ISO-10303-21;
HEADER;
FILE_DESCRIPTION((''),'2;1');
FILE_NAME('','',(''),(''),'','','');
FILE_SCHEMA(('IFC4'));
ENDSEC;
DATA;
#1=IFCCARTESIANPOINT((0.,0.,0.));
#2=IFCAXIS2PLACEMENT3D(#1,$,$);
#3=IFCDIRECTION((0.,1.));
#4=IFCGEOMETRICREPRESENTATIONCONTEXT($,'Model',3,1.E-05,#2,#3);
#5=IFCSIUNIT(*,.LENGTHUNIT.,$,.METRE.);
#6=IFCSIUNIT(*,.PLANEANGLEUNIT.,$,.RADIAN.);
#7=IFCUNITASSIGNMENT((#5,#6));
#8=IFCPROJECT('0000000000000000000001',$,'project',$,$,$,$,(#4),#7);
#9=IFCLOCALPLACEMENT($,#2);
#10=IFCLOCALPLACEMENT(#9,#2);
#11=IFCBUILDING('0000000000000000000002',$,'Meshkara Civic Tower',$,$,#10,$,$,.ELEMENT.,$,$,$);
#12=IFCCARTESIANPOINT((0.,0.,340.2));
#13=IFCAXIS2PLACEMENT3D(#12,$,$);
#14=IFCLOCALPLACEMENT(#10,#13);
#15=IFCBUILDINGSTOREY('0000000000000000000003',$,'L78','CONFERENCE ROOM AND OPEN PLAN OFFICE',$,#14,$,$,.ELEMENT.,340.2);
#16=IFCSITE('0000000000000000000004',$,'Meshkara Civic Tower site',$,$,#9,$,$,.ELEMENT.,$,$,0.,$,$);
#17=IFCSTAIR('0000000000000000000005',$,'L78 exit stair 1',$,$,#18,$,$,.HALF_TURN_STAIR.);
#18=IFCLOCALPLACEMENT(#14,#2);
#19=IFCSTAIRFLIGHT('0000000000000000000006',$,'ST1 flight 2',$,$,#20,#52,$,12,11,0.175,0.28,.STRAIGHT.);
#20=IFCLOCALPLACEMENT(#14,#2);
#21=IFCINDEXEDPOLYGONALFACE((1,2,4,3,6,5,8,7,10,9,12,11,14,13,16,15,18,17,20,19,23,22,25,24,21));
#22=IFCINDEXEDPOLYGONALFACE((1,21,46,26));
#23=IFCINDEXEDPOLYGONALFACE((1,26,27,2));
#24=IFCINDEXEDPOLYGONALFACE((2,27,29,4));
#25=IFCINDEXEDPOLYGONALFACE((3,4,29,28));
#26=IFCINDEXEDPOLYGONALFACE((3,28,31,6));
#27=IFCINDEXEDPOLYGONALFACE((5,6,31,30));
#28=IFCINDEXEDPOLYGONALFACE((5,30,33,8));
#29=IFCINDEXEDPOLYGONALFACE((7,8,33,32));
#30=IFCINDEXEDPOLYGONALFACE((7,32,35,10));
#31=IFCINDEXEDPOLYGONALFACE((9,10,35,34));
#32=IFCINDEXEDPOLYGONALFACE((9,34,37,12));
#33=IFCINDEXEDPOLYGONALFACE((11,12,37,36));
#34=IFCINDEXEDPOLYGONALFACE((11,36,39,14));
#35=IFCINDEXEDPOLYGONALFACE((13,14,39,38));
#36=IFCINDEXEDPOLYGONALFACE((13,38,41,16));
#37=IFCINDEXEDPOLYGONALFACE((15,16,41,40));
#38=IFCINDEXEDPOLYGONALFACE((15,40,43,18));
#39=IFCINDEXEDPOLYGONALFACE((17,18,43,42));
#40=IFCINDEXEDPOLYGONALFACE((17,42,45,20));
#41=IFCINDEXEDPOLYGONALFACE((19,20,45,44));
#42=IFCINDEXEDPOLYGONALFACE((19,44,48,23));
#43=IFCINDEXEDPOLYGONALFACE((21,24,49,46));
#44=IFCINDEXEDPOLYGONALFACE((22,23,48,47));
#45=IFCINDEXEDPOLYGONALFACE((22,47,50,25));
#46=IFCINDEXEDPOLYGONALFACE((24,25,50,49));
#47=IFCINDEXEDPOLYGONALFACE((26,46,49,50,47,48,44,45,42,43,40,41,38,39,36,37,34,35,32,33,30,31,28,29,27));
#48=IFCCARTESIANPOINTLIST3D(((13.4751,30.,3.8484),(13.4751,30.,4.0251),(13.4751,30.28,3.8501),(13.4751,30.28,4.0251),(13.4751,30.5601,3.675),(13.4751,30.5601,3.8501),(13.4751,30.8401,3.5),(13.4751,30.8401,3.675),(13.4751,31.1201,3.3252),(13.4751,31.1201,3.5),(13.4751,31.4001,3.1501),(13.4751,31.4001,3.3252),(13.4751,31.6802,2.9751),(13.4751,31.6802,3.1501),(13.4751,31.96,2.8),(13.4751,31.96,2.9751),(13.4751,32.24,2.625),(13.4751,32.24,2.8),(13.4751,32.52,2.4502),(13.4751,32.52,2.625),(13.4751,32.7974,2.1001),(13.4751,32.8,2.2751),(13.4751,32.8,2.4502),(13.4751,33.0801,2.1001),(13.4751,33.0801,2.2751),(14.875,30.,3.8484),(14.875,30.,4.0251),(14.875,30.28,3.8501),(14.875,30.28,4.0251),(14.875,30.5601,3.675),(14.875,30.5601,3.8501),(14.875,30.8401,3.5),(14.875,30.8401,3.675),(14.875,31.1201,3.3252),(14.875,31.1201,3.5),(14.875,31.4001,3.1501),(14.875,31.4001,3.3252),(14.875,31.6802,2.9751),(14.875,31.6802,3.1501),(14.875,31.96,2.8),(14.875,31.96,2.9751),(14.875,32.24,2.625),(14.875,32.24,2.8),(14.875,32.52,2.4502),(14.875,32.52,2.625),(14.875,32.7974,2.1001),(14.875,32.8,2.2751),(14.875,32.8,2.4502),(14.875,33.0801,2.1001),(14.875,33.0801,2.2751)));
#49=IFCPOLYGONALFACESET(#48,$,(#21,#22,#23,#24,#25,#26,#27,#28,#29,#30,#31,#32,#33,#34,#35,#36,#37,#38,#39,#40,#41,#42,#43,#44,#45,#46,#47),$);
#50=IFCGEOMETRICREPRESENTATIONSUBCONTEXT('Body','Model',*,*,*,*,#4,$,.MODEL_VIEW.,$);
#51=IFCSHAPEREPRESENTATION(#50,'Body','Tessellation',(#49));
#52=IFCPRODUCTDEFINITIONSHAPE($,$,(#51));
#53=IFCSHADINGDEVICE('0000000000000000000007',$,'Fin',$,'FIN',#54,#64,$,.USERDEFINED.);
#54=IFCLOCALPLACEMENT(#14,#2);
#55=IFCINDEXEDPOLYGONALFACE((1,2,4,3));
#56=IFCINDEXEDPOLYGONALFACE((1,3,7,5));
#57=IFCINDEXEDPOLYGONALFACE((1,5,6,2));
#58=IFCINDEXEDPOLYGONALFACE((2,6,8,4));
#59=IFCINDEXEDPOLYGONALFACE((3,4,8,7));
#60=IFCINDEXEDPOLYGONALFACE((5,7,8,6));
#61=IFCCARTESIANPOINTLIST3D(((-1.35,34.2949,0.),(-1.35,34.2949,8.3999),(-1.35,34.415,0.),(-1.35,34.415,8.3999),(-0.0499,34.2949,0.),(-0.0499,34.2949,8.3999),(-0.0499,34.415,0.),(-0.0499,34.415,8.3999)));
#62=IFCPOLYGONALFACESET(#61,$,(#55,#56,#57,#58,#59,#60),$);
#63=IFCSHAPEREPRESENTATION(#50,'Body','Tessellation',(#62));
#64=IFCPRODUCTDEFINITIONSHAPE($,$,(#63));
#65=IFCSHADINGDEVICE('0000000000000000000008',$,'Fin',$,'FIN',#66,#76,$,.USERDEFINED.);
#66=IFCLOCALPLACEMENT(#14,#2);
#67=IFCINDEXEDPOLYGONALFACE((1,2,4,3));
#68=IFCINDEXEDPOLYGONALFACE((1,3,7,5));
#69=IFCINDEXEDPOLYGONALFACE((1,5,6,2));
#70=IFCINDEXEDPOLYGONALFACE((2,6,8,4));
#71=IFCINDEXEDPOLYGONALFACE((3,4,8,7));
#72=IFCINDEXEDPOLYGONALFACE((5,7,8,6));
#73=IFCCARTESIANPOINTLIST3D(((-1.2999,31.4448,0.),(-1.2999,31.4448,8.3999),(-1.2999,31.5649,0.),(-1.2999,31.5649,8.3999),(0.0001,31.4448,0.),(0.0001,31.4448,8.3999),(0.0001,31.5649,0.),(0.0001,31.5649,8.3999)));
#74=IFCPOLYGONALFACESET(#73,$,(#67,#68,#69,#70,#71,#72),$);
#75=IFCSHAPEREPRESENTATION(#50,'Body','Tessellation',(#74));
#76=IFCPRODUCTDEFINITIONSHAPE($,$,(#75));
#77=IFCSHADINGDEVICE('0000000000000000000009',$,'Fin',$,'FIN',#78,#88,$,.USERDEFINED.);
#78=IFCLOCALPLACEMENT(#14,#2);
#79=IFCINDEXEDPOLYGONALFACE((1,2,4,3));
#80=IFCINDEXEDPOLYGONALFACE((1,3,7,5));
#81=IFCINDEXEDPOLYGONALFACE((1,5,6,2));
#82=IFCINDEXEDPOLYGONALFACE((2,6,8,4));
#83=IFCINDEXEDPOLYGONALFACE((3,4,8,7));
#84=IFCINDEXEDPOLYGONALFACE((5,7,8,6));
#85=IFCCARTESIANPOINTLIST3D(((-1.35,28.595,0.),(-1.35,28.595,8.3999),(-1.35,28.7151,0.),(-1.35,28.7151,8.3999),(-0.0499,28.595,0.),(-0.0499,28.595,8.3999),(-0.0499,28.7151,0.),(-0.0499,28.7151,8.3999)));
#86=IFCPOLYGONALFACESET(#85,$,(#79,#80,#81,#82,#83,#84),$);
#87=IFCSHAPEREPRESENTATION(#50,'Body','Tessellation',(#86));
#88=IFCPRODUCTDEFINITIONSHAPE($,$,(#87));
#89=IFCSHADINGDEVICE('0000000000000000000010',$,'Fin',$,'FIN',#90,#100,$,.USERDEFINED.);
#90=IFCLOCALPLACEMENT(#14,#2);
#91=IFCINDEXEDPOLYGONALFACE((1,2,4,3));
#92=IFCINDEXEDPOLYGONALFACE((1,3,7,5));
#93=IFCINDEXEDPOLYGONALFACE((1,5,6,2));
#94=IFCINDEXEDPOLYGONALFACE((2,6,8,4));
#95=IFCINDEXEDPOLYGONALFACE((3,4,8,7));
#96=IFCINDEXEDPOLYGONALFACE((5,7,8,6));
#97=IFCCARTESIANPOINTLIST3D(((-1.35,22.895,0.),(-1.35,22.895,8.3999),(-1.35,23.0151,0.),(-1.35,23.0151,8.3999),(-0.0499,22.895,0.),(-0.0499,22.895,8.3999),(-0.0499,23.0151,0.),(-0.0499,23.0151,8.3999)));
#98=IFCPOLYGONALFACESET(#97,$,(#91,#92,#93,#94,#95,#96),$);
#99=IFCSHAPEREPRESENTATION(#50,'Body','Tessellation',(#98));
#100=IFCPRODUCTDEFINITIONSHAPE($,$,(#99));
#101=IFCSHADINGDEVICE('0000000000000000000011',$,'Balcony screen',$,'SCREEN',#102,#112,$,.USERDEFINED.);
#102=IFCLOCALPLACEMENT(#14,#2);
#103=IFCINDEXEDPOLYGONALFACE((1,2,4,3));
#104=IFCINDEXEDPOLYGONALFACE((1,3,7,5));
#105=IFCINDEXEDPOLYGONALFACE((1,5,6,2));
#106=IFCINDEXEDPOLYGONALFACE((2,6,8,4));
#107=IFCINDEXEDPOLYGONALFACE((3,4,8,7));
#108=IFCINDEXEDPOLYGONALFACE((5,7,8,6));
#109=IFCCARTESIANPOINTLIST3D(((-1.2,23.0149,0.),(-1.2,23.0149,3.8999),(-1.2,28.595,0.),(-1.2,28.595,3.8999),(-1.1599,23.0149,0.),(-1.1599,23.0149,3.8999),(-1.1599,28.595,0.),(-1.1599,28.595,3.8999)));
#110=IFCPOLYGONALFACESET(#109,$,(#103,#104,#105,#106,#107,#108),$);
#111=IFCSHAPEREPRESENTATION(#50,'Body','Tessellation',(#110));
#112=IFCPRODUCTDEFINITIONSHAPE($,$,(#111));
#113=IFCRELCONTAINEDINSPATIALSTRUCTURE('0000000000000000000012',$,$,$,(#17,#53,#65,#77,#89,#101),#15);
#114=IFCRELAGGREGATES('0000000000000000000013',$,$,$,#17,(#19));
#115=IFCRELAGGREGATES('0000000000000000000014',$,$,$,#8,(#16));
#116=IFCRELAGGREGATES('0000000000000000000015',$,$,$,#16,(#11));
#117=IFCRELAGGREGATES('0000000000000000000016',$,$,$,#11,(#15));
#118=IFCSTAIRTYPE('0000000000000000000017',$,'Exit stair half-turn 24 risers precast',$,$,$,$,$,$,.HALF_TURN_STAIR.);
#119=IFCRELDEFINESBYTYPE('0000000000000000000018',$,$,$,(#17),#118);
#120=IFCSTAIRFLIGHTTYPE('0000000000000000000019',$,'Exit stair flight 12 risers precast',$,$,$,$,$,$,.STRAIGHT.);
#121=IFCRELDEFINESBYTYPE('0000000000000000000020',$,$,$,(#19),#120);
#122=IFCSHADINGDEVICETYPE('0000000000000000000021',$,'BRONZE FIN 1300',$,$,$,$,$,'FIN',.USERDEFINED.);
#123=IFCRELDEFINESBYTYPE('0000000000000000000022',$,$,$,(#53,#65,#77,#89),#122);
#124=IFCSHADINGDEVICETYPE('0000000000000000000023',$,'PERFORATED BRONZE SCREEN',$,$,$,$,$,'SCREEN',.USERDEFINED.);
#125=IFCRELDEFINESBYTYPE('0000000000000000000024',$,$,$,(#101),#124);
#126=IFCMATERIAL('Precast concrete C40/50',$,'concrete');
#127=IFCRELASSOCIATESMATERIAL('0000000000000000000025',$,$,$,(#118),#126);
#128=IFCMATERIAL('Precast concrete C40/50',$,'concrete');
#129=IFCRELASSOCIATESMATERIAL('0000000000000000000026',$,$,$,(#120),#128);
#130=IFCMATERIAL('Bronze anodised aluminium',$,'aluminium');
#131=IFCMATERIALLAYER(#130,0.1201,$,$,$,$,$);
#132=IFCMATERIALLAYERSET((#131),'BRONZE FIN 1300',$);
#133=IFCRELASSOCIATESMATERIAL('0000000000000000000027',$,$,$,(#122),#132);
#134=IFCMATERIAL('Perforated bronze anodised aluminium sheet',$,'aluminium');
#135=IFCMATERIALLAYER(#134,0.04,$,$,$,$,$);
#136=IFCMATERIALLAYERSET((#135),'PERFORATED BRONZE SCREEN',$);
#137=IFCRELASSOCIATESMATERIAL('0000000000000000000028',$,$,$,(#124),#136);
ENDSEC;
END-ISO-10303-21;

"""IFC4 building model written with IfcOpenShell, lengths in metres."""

from ifc_helpers import new_model, si_unit, direction, frame, origin, origin_2d, place, context, subcontext, project, spatial, polyline, rectangle, outline, extrude, material, layer, layer_set, type_object, element, aggregate, save


model = new_model("IFC4")

# Units and contexts
model_context = context("Model", 3, precision=1e-05, world=origin(), true_north=direction((0.0, 1.0)))
body_context = subcontext(model_context, "Body", "Model", "MODEL_VIEW")
ifc_project = project(units=[si_unit("LENGTHUNIT", "METRE"), si_unit("PLANEANGLEUNIT", "RADIAN")], contexts=[model_context])

# Site, building, storey
site_placement = place(None, origin())
site = spatial("IfcSite", under=ifc_project, at=site_placement, Name="Meshkara Civic Tower site", CompositionType="ELEMENT", RefElevation=0.0)
building_placement = place(site_placement, origin())
building = spatial("IfcBuilding", under=site, at=building_placement, Name="Meshkara Civic Tower", CompositionType="ELEMENT")
storey_placement = place(building_placement, frame((0.0, 0.0, 340.2)))
storey = spatial("IfcBuildingStorey", under=building, at=storey_placement, Name="L78", Description="CONFERENCE ROOM AND OPEN PLAN OFFICE", CompositionType="ELEMENT", Elevation=340.2)

# Stair, stair flight
ifc_material_1 = material(Name="Precast concrete C40/50", Category="concrete")
stair_type = type_object("IfcStairType", Name="Exit stair half-turn 24 risers precast", PredefinedType="HALF_TURN_STAIR", material=ifc_material_1)
stair_placement = place(storey_placement, origin())
stair = element("IfcStair", 1, at=stair_placement, inside=storey, type_object=stair_type, Name="L78 exit stair 1", PredefinedType="HALF_TURN_STAIR")
ifc_material_2 = material(Name="Precast concrete C40/50", Category="concrete")
stair_flight_type = type_object("IfcStairFlightType", Name="Exit stair flight 12 risers precast", PredefinedType="STRAIGHT", material=ifc_material_2)
stair_flight_placement = place(storey_placement, frame((14.175, 33.0801, 2.1001), z_axis=(0.0, 0.0, 1.0), x_axis=(0.0, -1.0, 0.0)))
stair_flight = element("IfcStairFlight", 2, at=stair_flight_placement, type_object=stair_flight_type, Name="ST1 flight 2", NumberOfRisers=12, NumberOfTreads=11, PredefinedType="STRAIGHT", RiserHeight=0.175, TreadLength=0.28, context=body_context, shape_type="SweptSolid", body=[
    extrude(outline(polyline([(0.0, 0.0), (0.0, 0.175), (0.28, 0.175), (0.28, 0.3501), (0.5601, 0.3501), (0.5601, 0.5249), (0.8401, 0.5249), (0.8401, 0.7), (1.1201, 0.7), (1.1201, 0.875), (1.3999, 0.875), (1.3999, 1.05), (1.6799, 1.05), (1.6799, 1.2251), (1.96, 1.2251), (1.96, 1.3999), (2.24, 1.3999), (2.24, 1.575), (2.52, 1.575), (2.52, 1.75), (2.8, 1.75), (2.8, 1.925), (3.0801, 1.925), (3.0801, 2.1001), (3.0801, 1.7483), (0.2827, 0.0), (0.0, 0.0)])), frame((0.0, 0.7, 0.0), z_axis=(0.0, -1.0, 0.0), x_axis=(1.0, 0.0, 0.0)), (0.0, 0.0, 1.0), 1.3999),
])
aggregate(stair, [stair_flight])

# Shading devices
ifc_material_3 = material(Name="Bronze anodised aluminium", Category="aluminium")
ifc_layer_1 = layer(ifc_material_3, 0.1201)
ifc_layer_set_1 = layer_set([ifc_layer_1], Name="BRONZE FIN 1300")
shading_device_type_1 = type_object("IfcShadingDeviceType", Name="BRONZE FIN 1300", ElementType="FIN", PredefinedType="USERDEFINED", material=ifc_layer_set_1)
for number, where, z_axis, x_axis, name in (
    (3, (-0.7, 34.355, 0.0), (0.0, 0.0, 1.0), (0.0, -1.0, 0.0), "Fin"),
    (4, (-0.6499, 31.5049, 0.0), (0.0, 0.0, 1.0), (0.0, -1.0, 0.0), "Fin"),
    (5, (-0.7, 28.655, 0.0), (0.0, 0.0, 1.0), (0.0, -1.0, 0.0), "Fin"),
    (6, (-0.7, 22.9551, 0.0), (0.0, 0.0, 1.0), (0.0, -1.0, 0.0), "Fin"),
):
    element("IfcShadingDevice", number, at=place(storey_placement, frame(where, z_axis=z_axis, x_axis=x_axis)), inside=storey, type_object=shading_device_type_1, Name=name, ObjectType="FIN", PredefinedType="USERDEFINED", context=body_context, shape_type="SweptSolid", body=[
        extrude(rectangle(XDim=0.1201, YDim=1.3, at=origin_2d()), origin(), (0.0, 0.0, 1.0), 8.3999),
    ])
ifc_material_4 = material(Name="Perforated bronze anodised aluminium sheet", Category="aluminium")
ifc_layer_2 = layer(ifc_material_4, 0.04)
ifc_layer_set_2 = layer_set([ifc_layer_2], Name="PERFORATED BRONZE SCREEN")
shading_device_type_2 = type_object("IfcShadingDeviceType", Name="PERFORATED BRONZE SCREEN", ElementType="SCREEN", PredefinedType="USERDEFINED", material=ifc_layer_set_2)
shading_device_placement = place(storey_placement, frame((-1.1799, 25.8049, 0.0), z_axis=(0.0, 0.0, 1.0), x_axis=(0.0, -1.0, 0.0)))
element("IfcShadingDevice", 7, at=shading_device_placement, inside=storey, type_object=shading_device_type_2, Name="Balcony screen", ObjectType="SCREEN", PredefinedType="USERDEFINED", context=body_context, shape_type="SweptSolid", body=[
    extrude(rectangle(XDim=5.5801, YDim=0.04, at=origin_2d()), origin(), (0.0, 0.0, 1.0), 3.8999),
])

save(model, "model.ifc")
